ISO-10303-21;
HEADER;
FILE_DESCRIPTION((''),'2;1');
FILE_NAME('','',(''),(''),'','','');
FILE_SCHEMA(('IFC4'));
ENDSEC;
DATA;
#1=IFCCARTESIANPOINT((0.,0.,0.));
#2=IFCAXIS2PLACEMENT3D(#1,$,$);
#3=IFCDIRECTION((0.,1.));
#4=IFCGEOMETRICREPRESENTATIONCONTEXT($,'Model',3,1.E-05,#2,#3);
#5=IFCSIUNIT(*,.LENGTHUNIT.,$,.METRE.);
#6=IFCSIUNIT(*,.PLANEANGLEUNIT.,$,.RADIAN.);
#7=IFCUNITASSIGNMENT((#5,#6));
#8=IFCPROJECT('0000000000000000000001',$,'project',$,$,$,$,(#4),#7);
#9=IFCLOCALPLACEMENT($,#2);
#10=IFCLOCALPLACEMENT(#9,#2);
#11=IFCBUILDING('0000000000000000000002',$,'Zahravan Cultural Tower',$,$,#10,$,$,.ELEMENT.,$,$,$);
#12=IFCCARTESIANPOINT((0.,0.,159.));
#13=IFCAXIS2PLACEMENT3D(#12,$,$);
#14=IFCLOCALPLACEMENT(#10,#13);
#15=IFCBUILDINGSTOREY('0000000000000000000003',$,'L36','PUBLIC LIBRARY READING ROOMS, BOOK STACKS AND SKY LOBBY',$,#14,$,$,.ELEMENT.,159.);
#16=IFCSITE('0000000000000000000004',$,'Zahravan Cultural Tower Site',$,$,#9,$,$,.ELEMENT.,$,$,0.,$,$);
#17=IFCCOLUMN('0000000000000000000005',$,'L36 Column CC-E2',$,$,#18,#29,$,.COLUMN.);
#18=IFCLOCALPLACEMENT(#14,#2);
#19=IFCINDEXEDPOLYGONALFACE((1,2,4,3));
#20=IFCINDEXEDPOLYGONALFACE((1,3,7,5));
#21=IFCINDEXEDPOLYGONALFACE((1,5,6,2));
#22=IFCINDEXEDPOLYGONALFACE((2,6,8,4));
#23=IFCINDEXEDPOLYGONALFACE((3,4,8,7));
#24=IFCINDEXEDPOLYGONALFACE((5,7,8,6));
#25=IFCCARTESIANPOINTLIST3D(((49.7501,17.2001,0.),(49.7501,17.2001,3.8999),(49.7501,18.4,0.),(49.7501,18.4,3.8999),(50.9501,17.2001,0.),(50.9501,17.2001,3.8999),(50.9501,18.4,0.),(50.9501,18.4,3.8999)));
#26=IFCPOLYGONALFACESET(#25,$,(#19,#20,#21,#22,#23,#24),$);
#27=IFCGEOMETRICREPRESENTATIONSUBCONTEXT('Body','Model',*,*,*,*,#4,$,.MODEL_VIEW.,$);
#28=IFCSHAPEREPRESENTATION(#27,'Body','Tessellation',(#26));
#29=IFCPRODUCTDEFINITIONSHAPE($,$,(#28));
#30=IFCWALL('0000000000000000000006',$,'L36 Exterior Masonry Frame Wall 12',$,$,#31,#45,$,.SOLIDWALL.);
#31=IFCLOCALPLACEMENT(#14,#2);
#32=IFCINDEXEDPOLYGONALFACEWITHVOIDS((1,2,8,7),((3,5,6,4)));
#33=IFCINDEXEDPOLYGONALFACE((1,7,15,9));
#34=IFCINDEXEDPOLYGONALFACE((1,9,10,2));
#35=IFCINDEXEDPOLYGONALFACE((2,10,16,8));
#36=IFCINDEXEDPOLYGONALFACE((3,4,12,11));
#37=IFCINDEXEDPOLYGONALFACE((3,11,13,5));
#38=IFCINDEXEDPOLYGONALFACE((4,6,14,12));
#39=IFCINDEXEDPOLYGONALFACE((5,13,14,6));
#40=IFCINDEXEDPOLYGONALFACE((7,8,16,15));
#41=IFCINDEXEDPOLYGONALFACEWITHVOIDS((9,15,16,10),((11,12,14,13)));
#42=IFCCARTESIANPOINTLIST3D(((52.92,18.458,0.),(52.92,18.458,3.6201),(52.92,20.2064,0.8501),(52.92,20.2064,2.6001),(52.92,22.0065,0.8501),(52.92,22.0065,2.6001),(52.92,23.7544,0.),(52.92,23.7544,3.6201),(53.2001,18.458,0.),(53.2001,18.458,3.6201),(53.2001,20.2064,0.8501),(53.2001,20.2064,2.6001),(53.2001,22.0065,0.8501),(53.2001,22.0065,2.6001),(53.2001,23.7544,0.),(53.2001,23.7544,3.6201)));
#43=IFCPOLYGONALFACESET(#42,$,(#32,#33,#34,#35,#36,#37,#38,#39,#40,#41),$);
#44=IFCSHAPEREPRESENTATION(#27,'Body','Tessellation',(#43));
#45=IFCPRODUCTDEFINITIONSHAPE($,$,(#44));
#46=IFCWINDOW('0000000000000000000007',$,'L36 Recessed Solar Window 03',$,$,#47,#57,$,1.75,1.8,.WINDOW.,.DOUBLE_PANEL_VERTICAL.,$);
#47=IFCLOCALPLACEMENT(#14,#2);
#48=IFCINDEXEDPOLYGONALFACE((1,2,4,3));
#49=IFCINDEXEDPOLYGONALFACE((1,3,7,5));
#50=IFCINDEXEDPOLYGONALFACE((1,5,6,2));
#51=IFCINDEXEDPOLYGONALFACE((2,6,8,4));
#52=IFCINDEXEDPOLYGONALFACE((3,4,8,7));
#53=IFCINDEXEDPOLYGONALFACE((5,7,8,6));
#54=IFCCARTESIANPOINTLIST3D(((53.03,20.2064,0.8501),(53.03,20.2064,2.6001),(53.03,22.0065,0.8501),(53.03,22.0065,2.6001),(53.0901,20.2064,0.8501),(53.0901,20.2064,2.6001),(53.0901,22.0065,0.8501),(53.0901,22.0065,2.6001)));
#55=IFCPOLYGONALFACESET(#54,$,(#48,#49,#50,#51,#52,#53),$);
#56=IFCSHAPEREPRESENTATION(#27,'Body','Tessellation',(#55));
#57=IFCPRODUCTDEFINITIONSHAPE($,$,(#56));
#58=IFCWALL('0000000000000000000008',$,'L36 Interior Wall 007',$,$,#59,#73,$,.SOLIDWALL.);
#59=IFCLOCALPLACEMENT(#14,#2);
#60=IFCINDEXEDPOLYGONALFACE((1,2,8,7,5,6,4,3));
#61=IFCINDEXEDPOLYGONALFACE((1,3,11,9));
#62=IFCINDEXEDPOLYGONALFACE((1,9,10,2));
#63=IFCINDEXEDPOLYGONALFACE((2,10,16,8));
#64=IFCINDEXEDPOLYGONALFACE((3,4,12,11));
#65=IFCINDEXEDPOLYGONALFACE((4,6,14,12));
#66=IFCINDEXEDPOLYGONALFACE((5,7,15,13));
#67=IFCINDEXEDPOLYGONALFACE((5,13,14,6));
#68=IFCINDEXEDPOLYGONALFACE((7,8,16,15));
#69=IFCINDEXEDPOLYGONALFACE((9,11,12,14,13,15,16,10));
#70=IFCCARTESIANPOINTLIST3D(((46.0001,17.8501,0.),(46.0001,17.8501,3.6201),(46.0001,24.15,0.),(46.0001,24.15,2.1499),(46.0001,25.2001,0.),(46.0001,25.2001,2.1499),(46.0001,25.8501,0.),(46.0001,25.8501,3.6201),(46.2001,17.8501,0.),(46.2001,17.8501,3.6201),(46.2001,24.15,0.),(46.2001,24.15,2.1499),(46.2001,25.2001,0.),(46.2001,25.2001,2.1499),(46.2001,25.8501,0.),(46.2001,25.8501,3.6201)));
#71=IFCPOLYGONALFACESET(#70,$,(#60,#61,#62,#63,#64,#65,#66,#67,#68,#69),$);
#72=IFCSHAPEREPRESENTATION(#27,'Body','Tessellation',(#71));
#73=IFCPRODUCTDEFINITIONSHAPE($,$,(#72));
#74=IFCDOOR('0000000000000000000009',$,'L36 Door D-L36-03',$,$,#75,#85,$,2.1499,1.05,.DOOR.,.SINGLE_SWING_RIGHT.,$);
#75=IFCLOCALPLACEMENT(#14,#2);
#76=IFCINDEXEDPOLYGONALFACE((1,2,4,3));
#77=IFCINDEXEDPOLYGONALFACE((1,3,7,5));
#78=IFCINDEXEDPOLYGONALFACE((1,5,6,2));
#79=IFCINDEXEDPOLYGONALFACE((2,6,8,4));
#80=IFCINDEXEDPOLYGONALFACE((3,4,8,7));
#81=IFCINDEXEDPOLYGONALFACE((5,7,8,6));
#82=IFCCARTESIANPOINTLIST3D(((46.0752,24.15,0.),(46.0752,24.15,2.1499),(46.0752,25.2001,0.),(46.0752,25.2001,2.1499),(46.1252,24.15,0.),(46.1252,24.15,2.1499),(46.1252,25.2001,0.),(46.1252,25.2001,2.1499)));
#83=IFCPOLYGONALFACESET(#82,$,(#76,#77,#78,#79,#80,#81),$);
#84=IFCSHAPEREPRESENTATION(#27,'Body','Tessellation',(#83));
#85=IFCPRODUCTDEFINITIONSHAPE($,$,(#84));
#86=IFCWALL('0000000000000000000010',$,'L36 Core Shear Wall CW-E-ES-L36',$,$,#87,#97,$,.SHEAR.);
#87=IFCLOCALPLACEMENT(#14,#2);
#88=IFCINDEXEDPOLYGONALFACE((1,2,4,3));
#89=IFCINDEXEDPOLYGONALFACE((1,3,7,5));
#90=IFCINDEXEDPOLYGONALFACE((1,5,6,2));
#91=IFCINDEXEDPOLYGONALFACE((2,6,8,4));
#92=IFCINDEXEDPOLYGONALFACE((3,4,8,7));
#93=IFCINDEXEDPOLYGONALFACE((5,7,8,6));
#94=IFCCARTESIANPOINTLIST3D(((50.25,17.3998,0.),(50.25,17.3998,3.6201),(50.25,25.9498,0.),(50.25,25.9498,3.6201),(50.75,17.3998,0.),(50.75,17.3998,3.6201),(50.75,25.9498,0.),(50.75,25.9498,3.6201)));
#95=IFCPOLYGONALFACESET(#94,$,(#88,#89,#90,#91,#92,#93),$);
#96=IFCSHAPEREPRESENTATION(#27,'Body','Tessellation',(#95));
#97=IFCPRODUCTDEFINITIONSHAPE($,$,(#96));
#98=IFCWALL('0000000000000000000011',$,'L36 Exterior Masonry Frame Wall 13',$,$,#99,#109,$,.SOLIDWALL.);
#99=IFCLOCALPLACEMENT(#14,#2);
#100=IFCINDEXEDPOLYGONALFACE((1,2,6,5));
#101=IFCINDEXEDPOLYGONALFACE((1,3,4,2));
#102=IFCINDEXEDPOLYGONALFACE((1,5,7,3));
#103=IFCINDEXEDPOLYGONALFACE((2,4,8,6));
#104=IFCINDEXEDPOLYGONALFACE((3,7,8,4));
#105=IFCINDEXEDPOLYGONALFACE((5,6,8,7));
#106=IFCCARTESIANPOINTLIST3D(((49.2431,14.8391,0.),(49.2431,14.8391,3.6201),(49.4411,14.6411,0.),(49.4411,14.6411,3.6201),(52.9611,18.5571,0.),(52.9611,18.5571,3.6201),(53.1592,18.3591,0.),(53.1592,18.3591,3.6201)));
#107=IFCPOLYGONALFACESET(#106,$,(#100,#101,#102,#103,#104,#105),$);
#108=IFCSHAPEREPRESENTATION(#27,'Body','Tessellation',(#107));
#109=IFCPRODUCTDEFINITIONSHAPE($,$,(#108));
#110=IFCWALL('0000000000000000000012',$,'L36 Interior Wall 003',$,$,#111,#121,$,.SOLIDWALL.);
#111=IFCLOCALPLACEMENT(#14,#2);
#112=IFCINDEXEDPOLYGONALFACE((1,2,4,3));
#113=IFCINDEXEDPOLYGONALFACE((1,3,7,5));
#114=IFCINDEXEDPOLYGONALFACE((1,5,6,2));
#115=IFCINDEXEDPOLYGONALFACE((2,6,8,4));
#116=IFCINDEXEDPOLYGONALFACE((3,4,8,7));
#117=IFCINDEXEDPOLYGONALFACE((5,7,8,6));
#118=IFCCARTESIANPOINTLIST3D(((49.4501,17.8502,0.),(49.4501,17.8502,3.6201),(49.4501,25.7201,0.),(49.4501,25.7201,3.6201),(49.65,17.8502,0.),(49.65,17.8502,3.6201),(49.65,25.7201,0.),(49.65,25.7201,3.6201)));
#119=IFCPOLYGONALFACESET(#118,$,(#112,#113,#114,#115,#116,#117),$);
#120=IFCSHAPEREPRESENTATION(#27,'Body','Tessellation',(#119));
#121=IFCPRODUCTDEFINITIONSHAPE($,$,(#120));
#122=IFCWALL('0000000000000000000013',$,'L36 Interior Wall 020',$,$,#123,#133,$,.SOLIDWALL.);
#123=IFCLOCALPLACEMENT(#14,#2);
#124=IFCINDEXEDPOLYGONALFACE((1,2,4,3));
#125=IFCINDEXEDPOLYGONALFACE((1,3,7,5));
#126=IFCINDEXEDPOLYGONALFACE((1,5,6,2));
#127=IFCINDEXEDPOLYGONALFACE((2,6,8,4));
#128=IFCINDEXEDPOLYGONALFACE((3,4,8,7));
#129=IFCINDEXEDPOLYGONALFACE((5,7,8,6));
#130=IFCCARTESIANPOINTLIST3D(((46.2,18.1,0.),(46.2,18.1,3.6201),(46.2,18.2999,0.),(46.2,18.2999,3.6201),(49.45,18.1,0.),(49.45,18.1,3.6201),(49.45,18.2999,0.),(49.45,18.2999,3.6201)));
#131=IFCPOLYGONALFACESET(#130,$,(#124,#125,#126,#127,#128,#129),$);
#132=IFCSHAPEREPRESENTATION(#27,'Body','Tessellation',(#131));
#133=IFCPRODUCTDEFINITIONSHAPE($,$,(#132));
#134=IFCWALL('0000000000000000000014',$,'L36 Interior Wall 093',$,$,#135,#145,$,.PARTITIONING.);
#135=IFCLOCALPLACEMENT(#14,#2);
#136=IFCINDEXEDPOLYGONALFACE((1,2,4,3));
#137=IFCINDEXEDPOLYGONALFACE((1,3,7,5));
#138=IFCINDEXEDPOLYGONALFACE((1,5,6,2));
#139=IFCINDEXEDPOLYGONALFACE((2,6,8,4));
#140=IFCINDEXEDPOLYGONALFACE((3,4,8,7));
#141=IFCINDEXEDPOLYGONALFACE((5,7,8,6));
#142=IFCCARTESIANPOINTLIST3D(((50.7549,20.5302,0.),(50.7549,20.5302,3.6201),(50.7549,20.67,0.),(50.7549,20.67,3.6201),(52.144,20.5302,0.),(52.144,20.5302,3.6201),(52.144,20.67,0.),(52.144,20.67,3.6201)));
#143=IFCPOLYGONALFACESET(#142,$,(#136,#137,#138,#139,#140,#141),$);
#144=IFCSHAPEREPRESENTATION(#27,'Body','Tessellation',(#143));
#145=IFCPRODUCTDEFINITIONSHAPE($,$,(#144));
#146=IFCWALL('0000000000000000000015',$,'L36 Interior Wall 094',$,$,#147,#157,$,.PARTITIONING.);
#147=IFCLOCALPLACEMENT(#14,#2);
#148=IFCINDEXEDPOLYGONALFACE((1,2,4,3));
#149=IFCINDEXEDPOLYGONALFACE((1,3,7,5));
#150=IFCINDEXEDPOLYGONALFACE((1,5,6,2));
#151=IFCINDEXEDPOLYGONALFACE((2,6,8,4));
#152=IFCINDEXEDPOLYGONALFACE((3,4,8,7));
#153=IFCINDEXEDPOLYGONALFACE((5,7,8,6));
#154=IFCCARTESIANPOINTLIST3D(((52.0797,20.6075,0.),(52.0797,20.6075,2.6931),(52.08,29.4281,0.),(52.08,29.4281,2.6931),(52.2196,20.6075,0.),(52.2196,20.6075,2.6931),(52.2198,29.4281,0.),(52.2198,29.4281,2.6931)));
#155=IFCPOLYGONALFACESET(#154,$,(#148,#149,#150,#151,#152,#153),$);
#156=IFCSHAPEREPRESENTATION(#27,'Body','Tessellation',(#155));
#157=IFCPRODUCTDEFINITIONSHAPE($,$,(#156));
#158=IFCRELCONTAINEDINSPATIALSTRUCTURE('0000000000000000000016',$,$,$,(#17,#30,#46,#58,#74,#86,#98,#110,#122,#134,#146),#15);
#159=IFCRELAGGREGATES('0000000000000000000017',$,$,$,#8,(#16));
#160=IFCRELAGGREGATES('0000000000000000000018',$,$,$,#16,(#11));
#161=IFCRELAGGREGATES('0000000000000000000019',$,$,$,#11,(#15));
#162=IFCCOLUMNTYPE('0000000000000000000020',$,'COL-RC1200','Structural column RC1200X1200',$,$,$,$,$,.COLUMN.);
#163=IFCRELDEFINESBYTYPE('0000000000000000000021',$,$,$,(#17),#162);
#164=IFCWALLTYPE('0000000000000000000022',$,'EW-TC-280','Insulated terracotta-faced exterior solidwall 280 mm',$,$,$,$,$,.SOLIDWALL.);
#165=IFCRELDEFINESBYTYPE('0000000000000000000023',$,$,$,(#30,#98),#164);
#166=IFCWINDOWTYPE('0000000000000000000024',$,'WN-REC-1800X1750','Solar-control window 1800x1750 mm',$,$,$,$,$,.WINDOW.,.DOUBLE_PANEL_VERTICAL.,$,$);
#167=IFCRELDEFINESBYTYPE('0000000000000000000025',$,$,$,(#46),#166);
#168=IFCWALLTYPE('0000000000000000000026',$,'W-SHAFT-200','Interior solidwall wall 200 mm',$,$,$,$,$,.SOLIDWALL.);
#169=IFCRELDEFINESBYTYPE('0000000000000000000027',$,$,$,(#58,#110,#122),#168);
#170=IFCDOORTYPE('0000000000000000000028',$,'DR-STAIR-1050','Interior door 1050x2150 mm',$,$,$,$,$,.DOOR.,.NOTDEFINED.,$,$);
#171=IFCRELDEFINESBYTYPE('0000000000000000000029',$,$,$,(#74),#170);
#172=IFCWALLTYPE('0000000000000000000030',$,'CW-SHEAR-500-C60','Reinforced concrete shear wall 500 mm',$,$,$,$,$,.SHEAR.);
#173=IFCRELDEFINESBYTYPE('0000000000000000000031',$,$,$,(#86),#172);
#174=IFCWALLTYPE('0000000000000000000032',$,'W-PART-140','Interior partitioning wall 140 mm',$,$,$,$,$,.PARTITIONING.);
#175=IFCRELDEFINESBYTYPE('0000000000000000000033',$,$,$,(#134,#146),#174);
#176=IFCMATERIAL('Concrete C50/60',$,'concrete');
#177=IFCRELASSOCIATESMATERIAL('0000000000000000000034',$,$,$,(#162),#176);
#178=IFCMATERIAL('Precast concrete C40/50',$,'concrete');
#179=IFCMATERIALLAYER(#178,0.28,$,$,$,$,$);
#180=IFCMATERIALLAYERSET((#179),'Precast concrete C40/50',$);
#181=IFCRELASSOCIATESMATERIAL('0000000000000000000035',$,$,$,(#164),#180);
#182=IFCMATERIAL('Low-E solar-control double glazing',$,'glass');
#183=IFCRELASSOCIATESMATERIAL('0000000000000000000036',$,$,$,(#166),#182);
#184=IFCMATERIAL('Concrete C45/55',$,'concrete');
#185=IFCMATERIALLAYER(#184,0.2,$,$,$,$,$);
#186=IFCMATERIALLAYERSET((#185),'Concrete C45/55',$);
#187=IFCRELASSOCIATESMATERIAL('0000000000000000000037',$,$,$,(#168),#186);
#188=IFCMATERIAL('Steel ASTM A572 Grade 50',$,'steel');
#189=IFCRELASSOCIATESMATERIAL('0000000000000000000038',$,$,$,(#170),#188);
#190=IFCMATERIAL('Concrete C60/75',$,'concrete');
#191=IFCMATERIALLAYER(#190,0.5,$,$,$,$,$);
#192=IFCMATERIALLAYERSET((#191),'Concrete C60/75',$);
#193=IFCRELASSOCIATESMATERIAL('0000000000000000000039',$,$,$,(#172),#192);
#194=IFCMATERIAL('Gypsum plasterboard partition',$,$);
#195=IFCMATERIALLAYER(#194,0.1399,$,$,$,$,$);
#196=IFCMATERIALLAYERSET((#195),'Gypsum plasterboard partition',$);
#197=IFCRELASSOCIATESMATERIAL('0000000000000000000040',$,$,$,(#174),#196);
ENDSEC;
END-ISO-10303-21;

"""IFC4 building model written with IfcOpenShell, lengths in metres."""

from ifc_helpers import new_model, si_unit, direction, frame, frame_2d, origin, origin_2d, place, context, subcontext, project, spatial, rectangle, extrude, source, transform, mapped, material, layer, layer_set, material_profile, profile_set, type_object, element, fill, save


model = new_model("IFC4")

# Units and contexts
model_context = context("Model", 3, precision=1e-05, world=origin(), true_north=direction((0.0, 1.0)))
body_context = subcontext(model_context, "Body", "Model", "MODEL_VIEW")
ifc_project = project(units=[si_unit("LENGTHUNIT", "METRE"), si_unit("PLANEANGLEUNIT", "RADIAN")], contexts=[model_context])

# Site, building, storey
site_placement = place(None, origin())
site = spatial("IfcSite", under=ifc_project, at=site_placement, Name="Zahravan Cultural Tower Site", CompositionType="ELEMENT", RefElevation=0.0)
building_placement = place(site_placement, origin())
building = spatial("IfcBuilding", under=site, at=building_placement, Name="Zahravan Cultural Tower", CompositionType="ELEMENT")
storey_placement = place(building_placement, frame((0.0, 0.0, 159.0)))
storey = spatial("IfcBuildingStorey", under=building, at=storey_placement, Name="L36", Description="PUBLIC LIBRARY READING ROOMS, BOOK STACKS AND SKY LOBBY", CompositionType="ELEMENT", Elevation=159.0)

# Column
ifc_material_1 = material(Name="Concrete C50/60", Category="concrete")
ifc_material_profile = material_profile(ifc_material_1, rectangle(XDim=1.2, YDim=1.2, at=origin_2d()), Name="RC1200X1200")
ifc_profile_set = profile_set([ifc_material_profile], Name="Concrete C50/60")
column_type = type_object("IfcColumnType", Name="COL-RC1200", Description="Structural column RC1200X1200", PredefinedType="COLUMN", material=ifc_profile_set)
shared_shape_1 = source(origin(), body_context, "Body", "SweptSolid", [
    extrude(rectangle(XDim=1.2, YDim=1.2, at=origin_2d()), origin(), (0.0, 0.0, 1.0), 3.8999),
])
column_placement = place(storey_placement, frame((50.3501, 17.8, 0.0), z_axis=(0.0, 0.0, 1.0), x_axis=(1.0, 0.0, 0.0)))
element("IfcColumn", 1, at=column_placement, inside=storey, type_object=column_type, Name="L36 Column CC-E2", PredefinedType="COLUMN", context=body_context, shape_type="MappedRepresentation", body=[
    mapped(shared_shape_1, transform((0.0, 0.0, 0.0), x_axis=(1.0, 0.0, 0.0), y_axis=(0.0, 1.0, 0.0), z_axis=(0.0, 0.0, 1.0), scale=1.0)),
])

# Wall, opening, window
ifc_material_2 = material(Name="Precast concrete C40/50", Category="concrete")
ifc_layer_1 = layer(ifc_material_2, 0.28)
ifc_layer_set_1 = layer_set([ifc_layer_1], Name="Precast concrete C40/50")
wall_type_1 = type_object("IfcWallType", Name="EW-TC-280", Description="Insulated terracotta-faced exterior solidwall 280 mm", PredefinedType="SOLIDWALL", material=ifc_layer_set_1)
wall_1_placement = place(storey_placement, frame((53.0601, 23.7544, 0.0), z_axis=(0.0, 0.0, 1.0), x_axis=(0.0, -1.0, 0.0)))
wall_1 = element("IfcWall", 2, at=wall_1_placement, inside=storey, type_object=wall_type_1, Name="L36 Exterior Masonry Frame Wall 12", PredefinedType="SOLIDWALL", context=body_context, shape_type="SweptSolid", body=[
    extrude(rectangle(XDim=5.2964, YDim=0.28, at=frame_2d((2.6482, 0.0))), origin(), (0.0, 0.0, 1.0), 3.6201),
])
opening_1_placement = place(wall_1_placement, frame((1.748, 0.0, 0.8501)))
opening_1 = element("IfcOpeningElement", 3, at=opening_1_placement, cuts=wall_1, PredefinedType="OPENING", context=body_context, shape_type="SweptSolid", body=[
    extrude(rectangle(XDim=1.8, YDim=1.75, at=frame_2d((0.8999, 0.875))), frame((0.0, 0.1499, 0.0), z_axis=(0.0, -1.0, 0.0), x_axis=(1.0, 0.0, 0.0)), (0.0, 0.0, 1.0), 0.3),
])
ifc_material_3 = material(Name="Low-E solar-control double glazing", Category="glass")
window_type = type_object("IfcWindowType", Name="WN-REC-1800X1750", Description="Solar-control window 1800x1750 mm", PartitioningType="DOUBLE_PANEL_VERTICAL", PredefinedType="WINDOW", material=ifc_material_3)
shared_shape_2 = source(origin(), body_context, "Body", "SweptSolid", [
    extrude(rectangle(XDim=1.8, YDim=1.75, at=frame_2d((0.8999, 0.875))), frame((0.0, 0.03, 0.0), z_axis=(0.0, -1.0, 0.0), x_axis=(1.0, 0.0, 0.0)), (0.0, 0.0, 1.0), 0.0601),
])
window_placement = place(opening_1_placement, origin())
window = element("IfcWindow", 4, at=window_placement, inside=storey, type_object=window_type, Name="L36 Recessed Solar Window 03", OverallHeight=1.75, OverallWidth=1.8, PartitioningType="DOUBLE_PANEL_VERTICAL", PredefinedType="WINDOW", context=body_context, shape_type="MappedRepresentation", body=[
    mapped(shared_shape_2, transform((0.0, 0.0, 0.0), x_axis=(1.0, 0.0, 0.0), y_axis=(0.0, 1.0, 0.0), z_axis=(0.0, 0.0, 1.0), scale=1.0)),
])
fill(opening_1, window)

# Wall, opening, door
ifc_material_4 = material(Name="Concrete C45/55", Category="concrete")
ifc_layer_2 = layer(ifc_material_4, 0.2)
ifc_layer_set_2 = layer_set([ifc_layer_2], Name="Concrete C45/55")
wall_type_2 = type_object("IfcWallType", Name="W-SHAFT-200", Description="Interior solidwall wall 200 mm", PredefinedType="SOLIDWALL", material=ifc_layer_set_2)
wall_2_placement = place(storey_placement, frame((46.1001, 17.8501, 0.0), z_axis=(0.0, 0.0, 1.0), x_axis=(0.0, 1.0, 0.0)))
wall_2 = element("IfcWall", 5, at=wall_2_placement, inside=storey, type_object=wall_type_2, Name="L36 Interior Wall 007", PredefinedType="SOLIDWALL", context=body_context, shape_type="SweptSolid", body=[
    extrude(rectangle(XDim=8.0, YDim=0.2, at=frame_2d((4.0, 0.0))), origin(), (0.0, 0.0, 1.0), 3.6201),
])
opening_2_placement = place(wall_2_placement, frame((6.3, 0.0, 0.0)))
opening_2 = element("IfcOpeningElement", 6, at=opening_2_placement, cuts=wall_2, PredefinedType="OPENING", context=body_context, shape_type="SweptSolid", body=[
    extrude(rectangle(XDim=1.05, YDim=2.1499, at=frame_2d((0.5249, 1.075))), frame((0.0, 0.1099, 0.0), z_axis=(0.0, -1.0, 0.0), x_axis=(1.0, 0.0, 0.0)), (0.0, 0.0, 1.0), 0.22),
])
ifc_material_5 = material(Name="Steel ASTM A572 Grade 50", Category="steel")
door_type = type_object("IfcDoorType", Name="DR-STAIR-1050", Description="Interior door 1050x2150 mm", OperationType="NOTDEFINED", PredefinedType="DOOR", material=ifc_material_5)
shared_shape_3 = source(origin(), body_context, "Body", "SweptSolid", [
    extrude(rectangle(XDim=1.05, YDim=2.1499, at=frame_2d((0.5249, 1.075))), frame((0.0, 0.0249, 0.0), z_axis=(0.0, -1.0, 0.0), x_axis=(1.0, 0.0, 0.0)), (0.0, 0.0, 1.0), 0.05),
])
door_placement = place(opening_2_placement, origin())
door = element("IfcDoor", 7, at=door_placement, inside=storey, type_object=door_type, Name="L36 Door D-L36-03", OperationType="SINGLE_SWING_RIGHT", OverallHeight=2.1499, OverallWidth=1.05, PredefinedType="DOOR", context=body_context, shape_type="MappedRepresentation", body=[
    mapped(shared_shape_3, transform((0.0, 0.0, 0.0), x_axis=(1.0, 0.0, 0.0), y_axis=(0.0, 1.0, 0.0), z_axis=(0.0, 0.0, 1.0), scale=1.0)),
])
fill(opening_2, door)

# Walls
ifc_material_6 = material(Name="Concrete C60/75", Category="concrete")
ifc_layer_3 = layer(ifc_material_6, 0.5)
ifc_layer_set_3 = layer_set([ifc_layer_3], Name="Concrete C60/75")
wall_type_3 = type_object("IfcWallType", Name="CW-SHEAR-500-C60", Description="Reinforced concrete shear wall 500 mm", PredefinedType="SHEAR", material=ifc_layer_set_3)
shared_shape_4 = source(origin(), body_context, "Body", "SweptSolid", [
    extrude(rectangle(XDim=8.55, YDim=0.5, at=frame_2d((4.2749, 0.0))), origin(), (0.0, 0.0, 1.0), 3.6201),
])
wall_3_placement = place(storey_placement, frame((50.5, 17.3999, 0.0), z_axis=(0.0, 0.0, 1.0), x_axis=(0.0, 1.0, 0.0)))
element("IfcWall", 8, at=wall_3_placement, inside=storey, type_object=wall_type_3, Name="L36 Core Shear Wall CW-E-ES-L36", PredefinedType="SHEAR", context=body_context, shape_type="MappedRepresentation", body=[
    mapped(shared_shape_4, transform((0.0, 0.0, 0.0), x_axis=(1.0, 0.0, 0.0), y_axis=(0.0, 1.0, 0.0), z_axis=(0.0, 0.0, 1.0), scale=1.0)),
])
shared_shape_5 = source(origin(), body_context, "Body", "SweptSolid", [
    extrude(rectangle(XDim=5.2581, YDim=0.28, at=frame_2d((2.6289, 0.0))), origin(), (0.0, 0.0, 1.0), 3.6201),
])
wall_4_placement = place(storey_placement, frame((53.0601, 18.458, 0.0), z_axis=(0.0, 0.0, 1.0), x_axis=(-0.707107, -0.707107, 0.0)))
element("IfcWall", 9, at=wall_4_placement, inside=storey, type_object=wall_type_1, Name="L36 Exterior Masonry Frame Wall 13", PredefinedType="SOLIDWALL", context=body_context, shape_type="MappedRepresentation", body=[
    mapped(shared_shape_5, transform((0.0, 0.0, 0.0), x_axis=(1.0, 0.0, 0.0), y_axis=(0.0, 1.0, 0.0), z_axis=(0.0, 0.0, 1.0), scale=1.0)),
])
shared_shape_6 = source(origin(), body_context, "Body", "SweptSolid", [
    extrude(rectangle(XDim=7.8699, YDim=0.2, at=frame_2d((3.9351, 0.0))), origin(), (0.0, 0.0, 1.0), 3.6201),
])
wall_5_placement = place(storey_placement, frame((49.55, 17.8501, 0.0), z_axis=(0.0, 0.0, 1.0), x_axis=(0.0, 1.0, 0.0)))
element("IfcWall", 10, at=wall_5_placement, inside=storey, type_object=wall_type_2, Name="L36 Interior Wall 003", PredefinedType="SOLIDWALL", context=body_context, shape_type="MappedRepresentation", body=[
    mapped(shared_shape_6, transform((0.0, 0.0, 0.0), x_axis=(1.0, 0.0, 0.0), y_axis=(0.0, 1.0, 0.0), z_axis=(0.0, 0.0, 1.0), scale=1.0)),
])
shared_shape_7 = source(origin(), body_context, "Body", "SweptSolid", [
    extrude(rectangle(XDim=3.25, YDim=0.2, at=frame_2d((1.625, 0.0))), origin(), (0.0, 0.0, 1.0), 3.6201),
])
wall_6_placement = place(storey_placement, frame((46.2, 18.2, 0.0), z_axis=(0.0, 0.0, 1.0), x_axis=(1.0, 0.0, 0.0)))
element("IfcWall", 11, at=wall_6_placement, inside=storey, type_object=wall_type_2, Name="L36 Interior Wall 020", PredefinedType="SOLIDWALL", context=body_context, shape_type="MappedRepresentation", body=[
    mapped(shared_shape_7, transform((0.0, 0.0, 0.0), x_axis=(1.0, 0.0, 0.0), y_axis=(0.0, 1.0, 0.0), z_axis=(0.0, 0.0, 1.0), scale=1.0)),
])
ifc_material_7 = material(Name="Gypsum plasterboard partition")
ifc_layer_4 = layer(ifc_material_7, 0.1399)
ifc_layer_set_4 = layer_set([ifc_layer_4], Name="Gypsum plasterboard partition")
wall_type_4 = type_object("IfcWallType", Name="W-PART-140", Description="Interior partitioning wall 140 mm", PredefinedType="PARTITIONING", material=ifc_layer_set_4)
shared_shape_8 = source(origin(), body_context, "Body", "SweptSolid", [
    extrude(rectangle(XDim=1.3892, YDim=0.1399, at=frame_2d((0.6946, 0.0))), origin(), (0.0, 0.0, 1.0), 3.6201),
])
wall_7_placement = place(storey_placement, frame((50.7549, 20.6001, 0.0), z_axis=(0.0, 0.0, 1.0), x_axis=(1.0, 0.0, 0.0)))
element("IfcWall", 12, at=wall_7_placement, inside=storey, type_object=wall_type_4, Name="L36 Interior Wall 093", PredefinedType="PARTITIONING", context=body_context, shape_type="MappedRepresentation", body=[
    mapped(shared_shape_8, transform((0.0, 0.0, 0.0), x_axis=(1.0, 0.0, 0.0), y_axis=(0.0, 1.0, 0.0), z_axis=(0.0, 0.0, 1.0), scale=1.0)),
])
shared_shape_9 = source(origin(), body_context, "Body", "SweptSolid", [
    extrude(rectangle(XDim=8.8206, YDim=0.1399, at=frame_2d((4.4102, 0.0))), origin(), (0.0, 0.0, 1.0), 2.6931),
])
wall_8_placement = place(storey_placement, frame((52.1497, 20.6077, 0.0), z_axis=(0.0, 0.0, 1.0), x_axis=(0.000028, 1.0, 0.0)))
element("IfcWall", 13, at=wall_8_placement, inside=storey, type_object=wall_type_4, Name="L36 Interior Wall 094", PredefinedType="PARTITIONING", context=body_context, shape_type="MappedRepresentation", body=[
    mapped(shared_shape_9, transform((0.0, 0.0, 0.0), x_axis=(1.0, 0.0, 0.0), y_axis=(0.0, 1.0, 0.0), z_axis=(0.0, 0.0, 1.0), scale=1.0)),
])

save(model, "model.ifc")
